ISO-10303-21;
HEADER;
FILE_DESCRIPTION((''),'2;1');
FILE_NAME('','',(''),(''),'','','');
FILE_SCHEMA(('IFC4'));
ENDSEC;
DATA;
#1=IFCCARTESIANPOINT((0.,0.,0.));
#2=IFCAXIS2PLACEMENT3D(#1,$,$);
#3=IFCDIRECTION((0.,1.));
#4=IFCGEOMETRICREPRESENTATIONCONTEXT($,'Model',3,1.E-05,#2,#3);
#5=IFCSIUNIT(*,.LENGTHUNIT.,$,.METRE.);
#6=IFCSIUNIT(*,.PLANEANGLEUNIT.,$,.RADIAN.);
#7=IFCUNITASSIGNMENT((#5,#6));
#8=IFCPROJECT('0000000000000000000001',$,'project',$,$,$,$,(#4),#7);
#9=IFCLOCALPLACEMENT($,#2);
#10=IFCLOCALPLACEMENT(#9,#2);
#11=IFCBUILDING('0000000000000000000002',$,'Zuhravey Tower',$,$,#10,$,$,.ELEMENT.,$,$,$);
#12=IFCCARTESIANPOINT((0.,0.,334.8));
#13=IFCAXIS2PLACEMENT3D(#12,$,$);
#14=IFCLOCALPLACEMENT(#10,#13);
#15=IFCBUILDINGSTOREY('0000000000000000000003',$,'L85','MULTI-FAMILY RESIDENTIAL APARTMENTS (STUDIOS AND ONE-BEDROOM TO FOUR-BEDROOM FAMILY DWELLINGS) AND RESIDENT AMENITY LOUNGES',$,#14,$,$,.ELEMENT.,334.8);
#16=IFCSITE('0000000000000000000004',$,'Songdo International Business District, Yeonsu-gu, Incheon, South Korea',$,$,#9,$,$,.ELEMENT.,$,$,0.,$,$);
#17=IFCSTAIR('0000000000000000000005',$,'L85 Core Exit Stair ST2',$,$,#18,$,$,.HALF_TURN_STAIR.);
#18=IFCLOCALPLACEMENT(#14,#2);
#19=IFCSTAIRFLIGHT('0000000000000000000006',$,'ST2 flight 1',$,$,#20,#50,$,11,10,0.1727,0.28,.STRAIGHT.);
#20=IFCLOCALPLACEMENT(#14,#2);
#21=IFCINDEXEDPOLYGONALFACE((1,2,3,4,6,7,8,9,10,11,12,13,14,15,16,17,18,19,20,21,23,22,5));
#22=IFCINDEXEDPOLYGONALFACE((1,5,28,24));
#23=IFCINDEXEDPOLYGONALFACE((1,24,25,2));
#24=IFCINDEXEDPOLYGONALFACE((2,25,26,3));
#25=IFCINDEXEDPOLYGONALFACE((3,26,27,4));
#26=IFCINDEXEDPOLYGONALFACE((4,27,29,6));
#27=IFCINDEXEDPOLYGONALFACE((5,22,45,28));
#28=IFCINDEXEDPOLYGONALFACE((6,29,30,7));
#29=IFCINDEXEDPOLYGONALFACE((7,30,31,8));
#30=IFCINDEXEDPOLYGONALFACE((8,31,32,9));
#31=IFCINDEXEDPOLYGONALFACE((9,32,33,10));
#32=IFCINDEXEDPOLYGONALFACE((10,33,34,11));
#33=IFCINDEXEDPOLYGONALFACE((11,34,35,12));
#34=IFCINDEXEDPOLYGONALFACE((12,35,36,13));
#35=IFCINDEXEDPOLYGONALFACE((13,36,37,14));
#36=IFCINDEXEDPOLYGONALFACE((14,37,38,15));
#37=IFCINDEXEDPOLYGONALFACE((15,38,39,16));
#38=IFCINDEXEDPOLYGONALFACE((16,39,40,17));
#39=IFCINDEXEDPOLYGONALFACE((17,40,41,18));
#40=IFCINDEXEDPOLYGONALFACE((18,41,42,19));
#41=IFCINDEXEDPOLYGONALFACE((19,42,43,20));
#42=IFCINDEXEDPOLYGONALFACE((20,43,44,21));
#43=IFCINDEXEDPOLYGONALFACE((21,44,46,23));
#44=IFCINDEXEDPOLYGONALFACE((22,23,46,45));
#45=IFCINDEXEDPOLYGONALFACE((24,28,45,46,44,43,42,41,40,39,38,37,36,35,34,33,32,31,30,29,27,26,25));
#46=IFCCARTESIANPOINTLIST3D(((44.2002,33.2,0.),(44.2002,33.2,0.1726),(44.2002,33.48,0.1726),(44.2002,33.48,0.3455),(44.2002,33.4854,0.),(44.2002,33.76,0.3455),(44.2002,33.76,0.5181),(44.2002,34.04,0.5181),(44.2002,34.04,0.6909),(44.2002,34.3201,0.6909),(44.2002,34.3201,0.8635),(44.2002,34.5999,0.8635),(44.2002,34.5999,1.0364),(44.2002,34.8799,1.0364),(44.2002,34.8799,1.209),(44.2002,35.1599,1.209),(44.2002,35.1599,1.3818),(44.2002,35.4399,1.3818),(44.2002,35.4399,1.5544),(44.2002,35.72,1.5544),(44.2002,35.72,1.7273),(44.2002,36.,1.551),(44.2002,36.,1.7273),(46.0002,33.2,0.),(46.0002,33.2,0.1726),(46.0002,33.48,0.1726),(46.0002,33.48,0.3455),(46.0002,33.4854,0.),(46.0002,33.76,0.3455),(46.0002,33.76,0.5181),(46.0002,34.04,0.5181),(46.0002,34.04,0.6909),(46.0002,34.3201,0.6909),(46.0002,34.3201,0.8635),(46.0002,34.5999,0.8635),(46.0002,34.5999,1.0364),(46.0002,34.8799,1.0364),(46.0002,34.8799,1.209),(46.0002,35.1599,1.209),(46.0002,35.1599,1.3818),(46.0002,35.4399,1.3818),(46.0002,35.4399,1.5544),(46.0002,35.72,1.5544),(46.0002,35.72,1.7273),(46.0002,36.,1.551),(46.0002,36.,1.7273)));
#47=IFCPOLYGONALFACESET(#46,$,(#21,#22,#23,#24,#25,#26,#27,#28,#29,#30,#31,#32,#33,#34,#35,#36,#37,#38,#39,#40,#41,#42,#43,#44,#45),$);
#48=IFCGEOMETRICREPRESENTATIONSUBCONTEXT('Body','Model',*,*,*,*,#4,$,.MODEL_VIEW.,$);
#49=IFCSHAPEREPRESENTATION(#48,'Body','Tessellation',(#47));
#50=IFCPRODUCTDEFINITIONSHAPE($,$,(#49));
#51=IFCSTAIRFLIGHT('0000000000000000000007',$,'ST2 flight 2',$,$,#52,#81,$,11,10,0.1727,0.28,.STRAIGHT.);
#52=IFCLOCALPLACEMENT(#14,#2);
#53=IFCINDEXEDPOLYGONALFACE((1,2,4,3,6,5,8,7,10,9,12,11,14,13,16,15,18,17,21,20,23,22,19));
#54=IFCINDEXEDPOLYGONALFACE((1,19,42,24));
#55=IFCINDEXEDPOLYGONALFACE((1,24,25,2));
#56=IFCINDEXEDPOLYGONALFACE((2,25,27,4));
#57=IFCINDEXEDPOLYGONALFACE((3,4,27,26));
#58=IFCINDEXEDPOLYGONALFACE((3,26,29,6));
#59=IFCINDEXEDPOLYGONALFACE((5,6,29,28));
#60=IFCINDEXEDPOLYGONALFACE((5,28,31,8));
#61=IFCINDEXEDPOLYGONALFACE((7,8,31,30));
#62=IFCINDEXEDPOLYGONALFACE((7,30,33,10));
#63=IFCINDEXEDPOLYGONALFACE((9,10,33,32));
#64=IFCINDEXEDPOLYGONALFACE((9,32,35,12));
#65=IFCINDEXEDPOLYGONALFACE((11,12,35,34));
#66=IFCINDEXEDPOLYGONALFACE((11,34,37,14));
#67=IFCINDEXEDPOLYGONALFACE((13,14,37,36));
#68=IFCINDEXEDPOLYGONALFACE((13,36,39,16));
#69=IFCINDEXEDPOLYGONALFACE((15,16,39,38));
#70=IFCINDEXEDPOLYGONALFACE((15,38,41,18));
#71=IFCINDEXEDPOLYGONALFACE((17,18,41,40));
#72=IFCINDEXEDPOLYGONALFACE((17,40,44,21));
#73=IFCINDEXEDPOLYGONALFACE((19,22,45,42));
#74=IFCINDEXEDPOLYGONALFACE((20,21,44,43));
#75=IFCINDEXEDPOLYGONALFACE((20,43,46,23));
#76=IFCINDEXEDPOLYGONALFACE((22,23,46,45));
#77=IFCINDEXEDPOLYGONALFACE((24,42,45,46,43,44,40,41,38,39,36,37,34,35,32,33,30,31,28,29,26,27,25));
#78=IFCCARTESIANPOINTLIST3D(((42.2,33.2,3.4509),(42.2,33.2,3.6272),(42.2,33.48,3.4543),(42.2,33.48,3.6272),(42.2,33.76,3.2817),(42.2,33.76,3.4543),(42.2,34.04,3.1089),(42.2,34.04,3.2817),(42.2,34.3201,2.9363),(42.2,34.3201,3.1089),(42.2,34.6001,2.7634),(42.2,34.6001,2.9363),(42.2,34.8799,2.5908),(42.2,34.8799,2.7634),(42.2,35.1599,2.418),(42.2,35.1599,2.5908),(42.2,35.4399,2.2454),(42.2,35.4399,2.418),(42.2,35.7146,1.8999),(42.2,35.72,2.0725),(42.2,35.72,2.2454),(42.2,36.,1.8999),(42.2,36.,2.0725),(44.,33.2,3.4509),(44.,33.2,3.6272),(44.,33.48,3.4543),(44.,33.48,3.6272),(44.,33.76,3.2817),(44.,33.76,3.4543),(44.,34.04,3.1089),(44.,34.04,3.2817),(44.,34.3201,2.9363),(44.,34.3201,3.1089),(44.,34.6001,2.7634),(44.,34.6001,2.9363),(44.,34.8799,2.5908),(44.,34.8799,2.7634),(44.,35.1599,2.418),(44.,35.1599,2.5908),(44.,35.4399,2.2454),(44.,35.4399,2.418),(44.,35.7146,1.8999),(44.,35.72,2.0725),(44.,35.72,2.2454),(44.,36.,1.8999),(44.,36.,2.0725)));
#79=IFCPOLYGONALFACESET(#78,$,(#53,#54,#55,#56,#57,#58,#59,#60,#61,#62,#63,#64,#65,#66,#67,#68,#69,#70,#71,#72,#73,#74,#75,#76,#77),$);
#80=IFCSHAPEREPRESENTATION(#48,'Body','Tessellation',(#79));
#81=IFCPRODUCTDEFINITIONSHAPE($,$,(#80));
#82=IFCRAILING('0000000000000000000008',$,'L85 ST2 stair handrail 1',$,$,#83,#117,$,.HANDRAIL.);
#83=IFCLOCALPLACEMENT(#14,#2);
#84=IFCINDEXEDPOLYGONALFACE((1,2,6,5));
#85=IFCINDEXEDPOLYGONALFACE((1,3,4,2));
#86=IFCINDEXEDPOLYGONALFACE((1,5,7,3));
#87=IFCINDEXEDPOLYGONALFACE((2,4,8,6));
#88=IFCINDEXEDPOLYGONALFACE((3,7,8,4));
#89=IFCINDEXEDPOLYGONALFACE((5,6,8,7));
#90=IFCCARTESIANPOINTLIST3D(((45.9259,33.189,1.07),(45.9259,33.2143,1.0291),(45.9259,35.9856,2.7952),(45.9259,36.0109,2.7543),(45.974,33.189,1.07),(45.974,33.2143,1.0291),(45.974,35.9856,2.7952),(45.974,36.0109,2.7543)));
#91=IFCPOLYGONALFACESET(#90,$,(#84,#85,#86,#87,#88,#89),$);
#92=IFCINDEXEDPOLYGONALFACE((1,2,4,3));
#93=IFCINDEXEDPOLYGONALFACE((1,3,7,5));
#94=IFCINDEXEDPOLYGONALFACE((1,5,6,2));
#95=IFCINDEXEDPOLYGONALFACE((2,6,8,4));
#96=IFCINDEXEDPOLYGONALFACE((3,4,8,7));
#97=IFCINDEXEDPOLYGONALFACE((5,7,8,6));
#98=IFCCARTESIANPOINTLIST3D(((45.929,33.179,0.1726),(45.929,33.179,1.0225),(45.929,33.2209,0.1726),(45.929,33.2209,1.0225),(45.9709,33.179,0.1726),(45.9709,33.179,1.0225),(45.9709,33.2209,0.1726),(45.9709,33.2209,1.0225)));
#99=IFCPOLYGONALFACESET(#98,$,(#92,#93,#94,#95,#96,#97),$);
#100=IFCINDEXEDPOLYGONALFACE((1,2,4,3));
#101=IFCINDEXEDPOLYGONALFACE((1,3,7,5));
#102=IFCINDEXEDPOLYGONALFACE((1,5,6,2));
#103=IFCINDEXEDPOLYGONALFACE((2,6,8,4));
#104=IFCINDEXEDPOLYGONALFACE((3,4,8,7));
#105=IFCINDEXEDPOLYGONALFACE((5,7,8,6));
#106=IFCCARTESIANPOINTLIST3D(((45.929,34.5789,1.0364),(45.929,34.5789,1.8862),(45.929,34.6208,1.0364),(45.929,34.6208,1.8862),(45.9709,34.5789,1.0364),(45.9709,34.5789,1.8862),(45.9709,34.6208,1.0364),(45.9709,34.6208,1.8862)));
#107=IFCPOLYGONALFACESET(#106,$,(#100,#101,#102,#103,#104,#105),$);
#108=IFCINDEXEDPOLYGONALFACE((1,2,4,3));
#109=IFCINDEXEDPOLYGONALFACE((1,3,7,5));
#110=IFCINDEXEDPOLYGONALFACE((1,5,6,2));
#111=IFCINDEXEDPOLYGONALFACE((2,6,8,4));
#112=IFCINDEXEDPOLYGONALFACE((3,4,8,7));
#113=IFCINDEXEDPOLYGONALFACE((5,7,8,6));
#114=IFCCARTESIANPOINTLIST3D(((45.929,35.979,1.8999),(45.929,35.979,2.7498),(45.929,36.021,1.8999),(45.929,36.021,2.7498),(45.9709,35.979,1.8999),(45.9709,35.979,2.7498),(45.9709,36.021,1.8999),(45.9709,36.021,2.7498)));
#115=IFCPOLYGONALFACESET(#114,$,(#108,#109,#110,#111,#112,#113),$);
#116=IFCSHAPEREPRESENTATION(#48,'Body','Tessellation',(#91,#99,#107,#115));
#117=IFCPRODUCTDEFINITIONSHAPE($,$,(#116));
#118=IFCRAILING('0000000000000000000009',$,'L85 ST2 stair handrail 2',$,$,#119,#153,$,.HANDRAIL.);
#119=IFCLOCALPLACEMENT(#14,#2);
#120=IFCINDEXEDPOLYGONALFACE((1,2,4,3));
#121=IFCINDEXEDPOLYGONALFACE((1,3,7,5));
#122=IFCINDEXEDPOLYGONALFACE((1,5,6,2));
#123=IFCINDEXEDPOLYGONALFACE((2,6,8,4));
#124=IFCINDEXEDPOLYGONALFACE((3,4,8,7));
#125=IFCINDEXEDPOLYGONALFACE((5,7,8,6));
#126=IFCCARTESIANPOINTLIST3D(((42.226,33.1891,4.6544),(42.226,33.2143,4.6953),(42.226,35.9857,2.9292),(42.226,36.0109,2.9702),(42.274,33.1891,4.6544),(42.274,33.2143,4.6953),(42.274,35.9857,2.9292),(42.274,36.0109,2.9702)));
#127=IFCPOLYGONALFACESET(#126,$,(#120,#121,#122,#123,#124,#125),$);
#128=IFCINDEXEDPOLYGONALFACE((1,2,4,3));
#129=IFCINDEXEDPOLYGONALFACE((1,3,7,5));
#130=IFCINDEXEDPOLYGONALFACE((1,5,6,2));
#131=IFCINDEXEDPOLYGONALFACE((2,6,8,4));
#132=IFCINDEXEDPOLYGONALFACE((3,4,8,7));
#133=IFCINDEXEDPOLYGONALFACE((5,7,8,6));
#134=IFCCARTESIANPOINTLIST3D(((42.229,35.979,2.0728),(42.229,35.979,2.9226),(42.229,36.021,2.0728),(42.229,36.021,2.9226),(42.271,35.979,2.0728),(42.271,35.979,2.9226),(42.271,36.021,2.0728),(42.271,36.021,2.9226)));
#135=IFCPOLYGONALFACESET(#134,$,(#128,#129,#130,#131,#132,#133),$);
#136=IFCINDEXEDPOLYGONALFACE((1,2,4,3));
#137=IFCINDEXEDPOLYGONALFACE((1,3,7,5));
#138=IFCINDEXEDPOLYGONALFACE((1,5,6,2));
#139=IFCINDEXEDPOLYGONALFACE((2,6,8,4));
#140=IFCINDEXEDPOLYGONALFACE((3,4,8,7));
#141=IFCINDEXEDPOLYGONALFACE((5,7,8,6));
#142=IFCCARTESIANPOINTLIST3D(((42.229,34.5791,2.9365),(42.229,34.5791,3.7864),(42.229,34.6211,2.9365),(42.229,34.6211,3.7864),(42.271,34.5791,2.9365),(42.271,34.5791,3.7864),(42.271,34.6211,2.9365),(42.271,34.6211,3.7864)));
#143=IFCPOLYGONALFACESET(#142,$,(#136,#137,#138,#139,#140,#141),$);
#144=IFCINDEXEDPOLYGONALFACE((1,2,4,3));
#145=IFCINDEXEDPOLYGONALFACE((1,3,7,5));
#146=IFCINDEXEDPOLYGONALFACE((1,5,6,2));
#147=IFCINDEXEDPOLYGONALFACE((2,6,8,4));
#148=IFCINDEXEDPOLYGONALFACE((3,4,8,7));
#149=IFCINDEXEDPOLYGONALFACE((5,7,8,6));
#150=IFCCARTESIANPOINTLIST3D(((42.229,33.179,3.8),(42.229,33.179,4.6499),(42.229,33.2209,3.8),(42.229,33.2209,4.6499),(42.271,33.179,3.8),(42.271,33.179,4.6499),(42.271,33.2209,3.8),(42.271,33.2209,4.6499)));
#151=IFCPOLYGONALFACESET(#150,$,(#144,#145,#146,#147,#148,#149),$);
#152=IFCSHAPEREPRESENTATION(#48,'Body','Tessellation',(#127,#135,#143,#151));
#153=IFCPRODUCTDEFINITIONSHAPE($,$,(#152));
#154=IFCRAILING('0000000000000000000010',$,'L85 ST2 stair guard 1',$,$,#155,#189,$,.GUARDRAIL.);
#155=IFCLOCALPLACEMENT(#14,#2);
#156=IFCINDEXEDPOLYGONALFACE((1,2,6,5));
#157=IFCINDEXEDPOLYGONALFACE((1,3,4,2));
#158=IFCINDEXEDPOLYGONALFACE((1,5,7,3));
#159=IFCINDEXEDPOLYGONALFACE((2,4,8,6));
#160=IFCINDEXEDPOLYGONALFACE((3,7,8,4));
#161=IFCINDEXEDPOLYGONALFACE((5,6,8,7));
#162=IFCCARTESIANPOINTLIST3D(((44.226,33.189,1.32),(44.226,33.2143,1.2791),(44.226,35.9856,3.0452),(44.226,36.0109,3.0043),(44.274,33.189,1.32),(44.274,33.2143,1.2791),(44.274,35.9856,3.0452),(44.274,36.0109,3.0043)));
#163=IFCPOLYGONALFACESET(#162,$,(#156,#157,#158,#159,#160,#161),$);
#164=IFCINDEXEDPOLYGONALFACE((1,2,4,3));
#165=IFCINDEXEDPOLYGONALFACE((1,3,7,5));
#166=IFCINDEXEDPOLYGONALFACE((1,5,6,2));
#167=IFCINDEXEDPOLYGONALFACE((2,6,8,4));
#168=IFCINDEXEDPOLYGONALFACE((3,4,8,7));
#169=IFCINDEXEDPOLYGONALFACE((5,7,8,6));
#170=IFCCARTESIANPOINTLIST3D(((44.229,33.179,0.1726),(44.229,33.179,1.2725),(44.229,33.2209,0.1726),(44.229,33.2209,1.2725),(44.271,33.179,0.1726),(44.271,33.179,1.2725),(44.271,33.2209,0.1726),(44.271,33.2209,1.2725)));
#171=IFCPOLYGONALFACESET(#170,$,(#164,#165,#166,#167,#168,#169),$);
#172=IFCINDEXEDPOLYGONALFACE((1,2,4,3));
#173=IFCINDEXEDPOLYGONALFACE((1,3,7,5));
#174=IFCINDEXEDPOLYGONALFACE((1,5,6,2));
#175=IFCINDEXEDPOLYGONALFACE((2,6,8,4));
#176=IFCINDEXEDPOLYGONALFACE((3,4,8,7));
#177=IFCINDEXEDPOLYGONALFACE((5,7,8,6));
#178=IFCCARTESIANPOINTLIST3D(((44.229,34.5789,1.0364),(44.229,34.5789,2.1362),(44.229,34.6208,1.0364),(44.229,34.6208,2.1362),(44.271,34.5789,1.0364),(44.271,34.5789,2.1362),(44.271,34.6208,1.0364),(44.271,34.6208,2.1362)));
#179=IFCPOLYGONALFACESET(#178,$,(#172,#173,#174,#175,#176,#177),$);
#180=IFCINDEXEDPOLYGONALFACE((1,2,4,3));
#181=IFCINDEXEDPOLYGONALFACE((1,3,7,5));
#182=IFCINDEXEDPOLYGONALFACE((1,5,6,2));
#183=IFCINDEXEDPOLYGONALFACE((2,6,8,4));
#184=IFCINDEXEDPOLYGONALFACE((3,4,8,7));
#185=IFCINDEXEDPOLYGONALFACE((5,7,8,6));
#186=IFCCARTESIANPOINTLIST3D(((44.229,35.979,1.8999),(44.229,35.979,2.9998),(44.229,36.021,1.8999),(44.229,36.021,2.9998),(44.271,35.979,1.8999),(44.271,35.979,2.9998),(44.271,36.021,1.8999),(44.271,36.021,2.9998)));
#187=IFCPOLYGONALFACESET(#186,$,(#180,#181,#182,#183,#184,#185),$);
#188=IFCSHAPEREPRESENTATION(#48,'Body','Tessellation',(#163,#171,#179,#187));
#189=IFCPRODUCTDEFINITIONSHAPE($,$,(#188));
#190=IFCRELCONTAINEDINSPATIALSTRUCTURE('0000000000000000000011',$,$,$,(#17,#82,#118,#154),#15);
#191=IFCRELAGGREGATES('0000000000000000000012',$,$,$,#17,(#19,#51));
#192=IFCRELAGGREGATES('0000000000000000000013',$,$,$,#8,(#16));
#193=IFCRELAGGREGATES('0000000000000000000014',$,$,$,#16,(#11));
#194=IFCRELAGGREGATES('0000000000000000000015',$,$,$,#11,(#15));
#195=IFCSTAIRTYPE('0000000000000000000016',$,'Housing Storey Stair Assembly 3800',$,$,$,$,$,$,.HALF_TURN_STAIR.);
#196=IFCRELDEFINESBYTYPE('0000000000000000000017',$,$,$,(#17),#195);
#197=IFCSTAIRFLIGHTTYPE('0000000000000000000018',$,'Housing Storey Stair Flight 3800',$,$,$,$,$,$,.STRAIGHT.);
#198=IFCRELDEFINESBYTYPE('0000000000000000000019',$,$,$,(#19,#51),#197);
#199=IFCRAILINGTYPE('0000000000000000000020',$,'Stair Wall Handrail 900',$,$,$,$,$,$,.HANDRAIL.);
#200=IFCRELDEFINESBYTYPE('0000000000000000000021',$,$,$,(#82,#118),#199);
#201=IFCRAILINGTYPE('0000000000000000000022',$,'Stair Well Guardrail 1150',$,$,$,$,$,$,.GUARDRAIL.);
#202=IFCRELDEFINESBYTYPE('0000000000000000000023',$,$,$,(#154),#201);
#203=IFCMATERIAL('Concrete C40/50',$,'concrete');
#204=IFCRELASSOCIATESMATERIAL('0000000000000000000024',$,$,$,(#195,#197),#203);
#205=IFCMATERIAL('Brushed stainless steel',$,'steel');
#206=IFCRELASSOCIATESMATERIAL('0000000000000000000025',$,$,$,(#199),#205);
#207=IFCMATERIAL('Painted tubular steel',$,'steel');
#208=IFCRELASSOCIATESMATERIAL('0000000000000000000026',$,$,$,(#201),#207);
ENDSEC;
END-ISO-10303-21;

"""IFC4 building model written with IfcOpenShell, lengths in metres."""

from ifc_helpers import new_model, si_unit, direction, frame, origin, origin_2d, place, context, subcontext, project, spatial, polyline, rectangle, outline, extrude, material, type_object, element, aggregate, save


model = new_model("IFC4")

# Units and contexts
model_context = context("Model", 3, precision=1e-05, world=origin(), true_north=direction((0.0, 1.0)))
body_context = subcontext(model_context, "Body", "Model", "MODEL_VIEW")
ifc_project = project(units=[si_unit("LENGTHUNIT", "METRE"), si_unit("PLANEANGLEUNIT", "RADIAN")], contexts=[model_context])

# Site, building, storey
site_placement = place(None, origin())
site = spatial("IfcSite", under=ifc_project, at=site_placement, Name="Songdo International Business District, Yeonsu-gu, Incheon, South Korea", CompositionType="ELEMENT", RefElevation=0.0)
building_placement = place(site_placement, origin())
building = spatial("IfcBuilding", under=site, at=building_placement, Name="Zuhravey Tower", CompositionType="ELEMENT")
storey_placement = place(building_placement, frame((0.0, 0.0, 334.8)))
storey = spatial("IfcBuildingStorey", under=building, at=storey_placement, Name="L85", Description="MULTI-FAMILY RESIDENTIAL APARTMENTS (STUDIOS AND ONE-BEDROOM TO FOUR-BEDROOM FAMILY DWELLINGS) AND RESIDENT AMENITY LOUNGES", CompositionType="ELEMENT", Elevation=334.8)

# Stair, stair flights
ifc_material_1 = material(Name="Concrete C40/50", Category="concrete")
stair_type = type_object("IfcStairType", Name="Housing Storey Stair Assembly 3800", PredefinedType="HALF_TURN_STAIR", material=ifc_material_1)
stair_placement = place(storey_placement, origin())
stair = element("IfcStair", 1, at=stair_placement, inside=storey, type_object=stair_type, Name="L85 Core Exit Stair ST2", PredefinedType="HALF_TURN_STAIR")
stair_flight_type = type_object("IfcStairFlightType", Name="Housing Storey Stair Flight 3800", PredefinedType="STRAIGHT", material=ifc_material_1)
stair_flight_1_placement = place(storey_placement, frame((45.1001, 33.2, 0.0), z_axis=(0.0, 0.0, 1.0), x_axis=(0.0, 1.0, 0.0)))
stair_flight_1 = element("IfcStairFlight", 2, at=stair_flight_1_placement, type_object=stair_flight_type, Name="ST2 flight 1", NumberOfRisers=11, NumberOfTreads=10, PredefinedType="STRAIGHT", RiserHeight=0.1727, TreadLength=0.28, context=body_context, shape_type="SweptSolid", body=[
    extrude(outline(polyline([(0.0, 0.0), (0.0, 0.1726), (0.28, 0.1726), (0.28, 0.3455), (0.5601, 0.3455), (0.5601, 0.5181), (0.8401, 0.5181), (0.8401, 0.6909), (1.1201, 0.6909), (1.1201, 0.8635), (1.3999, 0.8635), (1.3999, 1.0364), (1.6799, 1.0364), (1.6799, 1.209), (1.96, 1.209), (1.96, 1.3818), (2.24, 1.3818), (2.24, 1.5544), (2.52, 1.5544), (2.52, 1.7273), (2.8, 1.7273), (2.8, 1.8999), (2.8, 1.551), (0.2854, 0.0), (0.0, 0.0)])), frame((0.0, 0.8999, 0.0), z_axis=(0.0, -1.0, 0.0), x_axis=(1.0, 0.0, 0.0)), (0.0, 0.0, 1.0), 1.8),
])
stair_flight_2_placement = place(storey_placement, frame((43.1001, 36.0, 1.8999), z_axis=(0.0, 0.0, 1.0), x_axis=(0.0, -1.0, 0.0)))
stair_flight_2 = element("IfcStairFlight", 3, at=stair_flight_2_placement, type_object=stair_flight_type, Name="ST2 flight 2", NumberOfRisers=11, NumberOfTreads=10, PredefinedType="STRAIGHT", RiserHeight=0.1727, TreadLength=0.28, context=body_context, shape_type="SweptSolid", body=[
    extrude(outline(polyline([(0.0, 0.0), (0.0, 0.1726), (0.28, 0.1726), (0.28, 0.3455), (0.5601, 0.3455), (0.5601, 0.5181), (0.8401, 0.5181), (0.8401, 0.6909), (1.1201, 0.6909), (1.1201, 0.8635), (1.3999, 0.8635), (1.3999, 1.0364), (1.6799, 1.0364), (1.6799, 1.209), (1.96, 1.209), (1.96, 1.3818), (2.24, 1.3818), (2.24, 1.5544), (2.52, 1.5544), (2.52, 1.7273), (2.8, 1.7273), (2.8, 1.8999), (2.8, 1.551), (0.2854, 0.0), (0.0, 0.0)])), frame((0.0, 0.8999, 0.0), z_axis=(0.0, -1.0, 0.0), x_axis=(1.0, 0.0, 0.0)), (0.0, 0.0, 1.0), 1.8),
])
aggregate(stair, [stair_flight_1, stair_flight_2])

# Railings
ifc_material_2 = material(Name="Brushed stainless steel", Category="steel")
railing_type_1 = type_object("IfcRailingType", Name="Stair Wall Handrail 900", PredefinedType="HANDRAIL", material=ifc_material_2)
railing_1_placement = place(storey_placement, frame((45.95, 33.2, 0.1726)))
element("IfcRailing", 4, at=railing_1_placement, inside=storey, type_object=railing_type_1, Name="L85 ST2 stair handrail 1", PredefinedType="HANDRAIL", context=body_context, shape_type="SweptSolid", body=[
    extrude(rectangle(XDim=0.0481, YDim=0.0481, at=origin_2d()), frame((0.0, 0.0017, 0.877), z_axis=(0.0, 0.85109, 0.52502), x_axis=(-1.0, 0.0, 0.0)), (0.0, 0.0, 1.0), 3.2859),
    extrude(rectangle(XDim=0.042, YDim=0.042, at=origin_2d()), origin(), (0.0, 0.0, 1.0), 0.8499),
    extrude(rectangle(XDim=0.042, YDim=0.042, at=origin_2d()), frame((0.0, 1.3999, 0.8638)), (0.0, 0.0, 1.0), 0.8499),
    extrude(rectangle(XDim=0.042, YDim=0.042, at=origin_2d()), frame((0.0, 2.8, 1.7273)), (0.0, 0.0, 1.0), 0.8499),
])
railing_2_placement = place(storey_placement, frame((42.25, 36.0, 2.0728)))
element("IfcRailing", 5, at=railing_2_placement, inside=storey, type_object=railing_type_1, Name="L85 ST2 stair handrail 2", PredefinedType="HANDRAIL", context=body_context, shape_type="SweptSolid", body=[
    extrude(rectangle(XDim=0.0481, YDim=0.0481, at=origin_2d()), frame((0.0, -0.0017, 0.877), z_axis=(0.0, -0.85109, 0.52502), x_axis=(1.0, 0.0, 0.0)), (0.0, 0.0, 1.0), 3.2859),
    extrude(rectangle(XDim=0.042, YDim=0.042, at=origin_2d()), origin(), (0.0, 0.0, 1.0), 0.8499),
    extrude(rectangle(XDim=0.042, YDim=0.042, at=origin_2d()), frame((0.0, -1.3999, 0.8638)), (0.0, 0.0, 1.0), 0.8499),
    extrude(rectangle(XDim=0.042, YDim=0.042, at=origin_2d()), frame((0.0, -2.8, 1.7273)), (0.0, 0.0, 1.0), 0.8499),
])
ifc_material_3 = material(Name="Painted tubular steel", Category="steel")
railing_type_2 = type_object("IfcRailingType", Name="Stair Well Guardrail 1150", PredefinedType="GUARDRAIL", material=ifc_material_3)
railing_3_placement = place(storey_placement, frame((44.25, 33.2, 0.1726)))
element("IfcRailing", 6, at=railing_3_placement, inside=storey, type_object=railing_type_2, Name="L85 ST2 stair guard 1", PredefinedType="GUARDRAIL", context=body_context, shape_type="SweptSolid", body=[
    extrude(rectangle(XDim=0.0481, YDim=0.0481, at=origin_2d()), frame((0.0, 0.0017, 1.127), z_axis=(0.0, 0.85109, 0.52502), x_axis=(-1.0, 0.0, 0.0)), (0.0, 0.0, 1.0), 3.2859),
    extrude(rectangle(XDim=0.042, YDim=0.042, at=origin_2d()), origin(), (0.0, 0.0, 1.0), 1.0999),
    extrude(rectangle(XDim=0.042, YDim=0.042, at=origin_2d()), frame((0.0, 1.3999, 0.8638)), (0.0, 0.0, 1.0), 1.0999),
    extrude(rectangle(XDim=0.042, YDim=0.042, at=origin_2d()), frame((0.0, 2.8, 1.7273)), (0.0, 0.0, 1.0), 1.0999),
])

save(model, "model.ifc")
